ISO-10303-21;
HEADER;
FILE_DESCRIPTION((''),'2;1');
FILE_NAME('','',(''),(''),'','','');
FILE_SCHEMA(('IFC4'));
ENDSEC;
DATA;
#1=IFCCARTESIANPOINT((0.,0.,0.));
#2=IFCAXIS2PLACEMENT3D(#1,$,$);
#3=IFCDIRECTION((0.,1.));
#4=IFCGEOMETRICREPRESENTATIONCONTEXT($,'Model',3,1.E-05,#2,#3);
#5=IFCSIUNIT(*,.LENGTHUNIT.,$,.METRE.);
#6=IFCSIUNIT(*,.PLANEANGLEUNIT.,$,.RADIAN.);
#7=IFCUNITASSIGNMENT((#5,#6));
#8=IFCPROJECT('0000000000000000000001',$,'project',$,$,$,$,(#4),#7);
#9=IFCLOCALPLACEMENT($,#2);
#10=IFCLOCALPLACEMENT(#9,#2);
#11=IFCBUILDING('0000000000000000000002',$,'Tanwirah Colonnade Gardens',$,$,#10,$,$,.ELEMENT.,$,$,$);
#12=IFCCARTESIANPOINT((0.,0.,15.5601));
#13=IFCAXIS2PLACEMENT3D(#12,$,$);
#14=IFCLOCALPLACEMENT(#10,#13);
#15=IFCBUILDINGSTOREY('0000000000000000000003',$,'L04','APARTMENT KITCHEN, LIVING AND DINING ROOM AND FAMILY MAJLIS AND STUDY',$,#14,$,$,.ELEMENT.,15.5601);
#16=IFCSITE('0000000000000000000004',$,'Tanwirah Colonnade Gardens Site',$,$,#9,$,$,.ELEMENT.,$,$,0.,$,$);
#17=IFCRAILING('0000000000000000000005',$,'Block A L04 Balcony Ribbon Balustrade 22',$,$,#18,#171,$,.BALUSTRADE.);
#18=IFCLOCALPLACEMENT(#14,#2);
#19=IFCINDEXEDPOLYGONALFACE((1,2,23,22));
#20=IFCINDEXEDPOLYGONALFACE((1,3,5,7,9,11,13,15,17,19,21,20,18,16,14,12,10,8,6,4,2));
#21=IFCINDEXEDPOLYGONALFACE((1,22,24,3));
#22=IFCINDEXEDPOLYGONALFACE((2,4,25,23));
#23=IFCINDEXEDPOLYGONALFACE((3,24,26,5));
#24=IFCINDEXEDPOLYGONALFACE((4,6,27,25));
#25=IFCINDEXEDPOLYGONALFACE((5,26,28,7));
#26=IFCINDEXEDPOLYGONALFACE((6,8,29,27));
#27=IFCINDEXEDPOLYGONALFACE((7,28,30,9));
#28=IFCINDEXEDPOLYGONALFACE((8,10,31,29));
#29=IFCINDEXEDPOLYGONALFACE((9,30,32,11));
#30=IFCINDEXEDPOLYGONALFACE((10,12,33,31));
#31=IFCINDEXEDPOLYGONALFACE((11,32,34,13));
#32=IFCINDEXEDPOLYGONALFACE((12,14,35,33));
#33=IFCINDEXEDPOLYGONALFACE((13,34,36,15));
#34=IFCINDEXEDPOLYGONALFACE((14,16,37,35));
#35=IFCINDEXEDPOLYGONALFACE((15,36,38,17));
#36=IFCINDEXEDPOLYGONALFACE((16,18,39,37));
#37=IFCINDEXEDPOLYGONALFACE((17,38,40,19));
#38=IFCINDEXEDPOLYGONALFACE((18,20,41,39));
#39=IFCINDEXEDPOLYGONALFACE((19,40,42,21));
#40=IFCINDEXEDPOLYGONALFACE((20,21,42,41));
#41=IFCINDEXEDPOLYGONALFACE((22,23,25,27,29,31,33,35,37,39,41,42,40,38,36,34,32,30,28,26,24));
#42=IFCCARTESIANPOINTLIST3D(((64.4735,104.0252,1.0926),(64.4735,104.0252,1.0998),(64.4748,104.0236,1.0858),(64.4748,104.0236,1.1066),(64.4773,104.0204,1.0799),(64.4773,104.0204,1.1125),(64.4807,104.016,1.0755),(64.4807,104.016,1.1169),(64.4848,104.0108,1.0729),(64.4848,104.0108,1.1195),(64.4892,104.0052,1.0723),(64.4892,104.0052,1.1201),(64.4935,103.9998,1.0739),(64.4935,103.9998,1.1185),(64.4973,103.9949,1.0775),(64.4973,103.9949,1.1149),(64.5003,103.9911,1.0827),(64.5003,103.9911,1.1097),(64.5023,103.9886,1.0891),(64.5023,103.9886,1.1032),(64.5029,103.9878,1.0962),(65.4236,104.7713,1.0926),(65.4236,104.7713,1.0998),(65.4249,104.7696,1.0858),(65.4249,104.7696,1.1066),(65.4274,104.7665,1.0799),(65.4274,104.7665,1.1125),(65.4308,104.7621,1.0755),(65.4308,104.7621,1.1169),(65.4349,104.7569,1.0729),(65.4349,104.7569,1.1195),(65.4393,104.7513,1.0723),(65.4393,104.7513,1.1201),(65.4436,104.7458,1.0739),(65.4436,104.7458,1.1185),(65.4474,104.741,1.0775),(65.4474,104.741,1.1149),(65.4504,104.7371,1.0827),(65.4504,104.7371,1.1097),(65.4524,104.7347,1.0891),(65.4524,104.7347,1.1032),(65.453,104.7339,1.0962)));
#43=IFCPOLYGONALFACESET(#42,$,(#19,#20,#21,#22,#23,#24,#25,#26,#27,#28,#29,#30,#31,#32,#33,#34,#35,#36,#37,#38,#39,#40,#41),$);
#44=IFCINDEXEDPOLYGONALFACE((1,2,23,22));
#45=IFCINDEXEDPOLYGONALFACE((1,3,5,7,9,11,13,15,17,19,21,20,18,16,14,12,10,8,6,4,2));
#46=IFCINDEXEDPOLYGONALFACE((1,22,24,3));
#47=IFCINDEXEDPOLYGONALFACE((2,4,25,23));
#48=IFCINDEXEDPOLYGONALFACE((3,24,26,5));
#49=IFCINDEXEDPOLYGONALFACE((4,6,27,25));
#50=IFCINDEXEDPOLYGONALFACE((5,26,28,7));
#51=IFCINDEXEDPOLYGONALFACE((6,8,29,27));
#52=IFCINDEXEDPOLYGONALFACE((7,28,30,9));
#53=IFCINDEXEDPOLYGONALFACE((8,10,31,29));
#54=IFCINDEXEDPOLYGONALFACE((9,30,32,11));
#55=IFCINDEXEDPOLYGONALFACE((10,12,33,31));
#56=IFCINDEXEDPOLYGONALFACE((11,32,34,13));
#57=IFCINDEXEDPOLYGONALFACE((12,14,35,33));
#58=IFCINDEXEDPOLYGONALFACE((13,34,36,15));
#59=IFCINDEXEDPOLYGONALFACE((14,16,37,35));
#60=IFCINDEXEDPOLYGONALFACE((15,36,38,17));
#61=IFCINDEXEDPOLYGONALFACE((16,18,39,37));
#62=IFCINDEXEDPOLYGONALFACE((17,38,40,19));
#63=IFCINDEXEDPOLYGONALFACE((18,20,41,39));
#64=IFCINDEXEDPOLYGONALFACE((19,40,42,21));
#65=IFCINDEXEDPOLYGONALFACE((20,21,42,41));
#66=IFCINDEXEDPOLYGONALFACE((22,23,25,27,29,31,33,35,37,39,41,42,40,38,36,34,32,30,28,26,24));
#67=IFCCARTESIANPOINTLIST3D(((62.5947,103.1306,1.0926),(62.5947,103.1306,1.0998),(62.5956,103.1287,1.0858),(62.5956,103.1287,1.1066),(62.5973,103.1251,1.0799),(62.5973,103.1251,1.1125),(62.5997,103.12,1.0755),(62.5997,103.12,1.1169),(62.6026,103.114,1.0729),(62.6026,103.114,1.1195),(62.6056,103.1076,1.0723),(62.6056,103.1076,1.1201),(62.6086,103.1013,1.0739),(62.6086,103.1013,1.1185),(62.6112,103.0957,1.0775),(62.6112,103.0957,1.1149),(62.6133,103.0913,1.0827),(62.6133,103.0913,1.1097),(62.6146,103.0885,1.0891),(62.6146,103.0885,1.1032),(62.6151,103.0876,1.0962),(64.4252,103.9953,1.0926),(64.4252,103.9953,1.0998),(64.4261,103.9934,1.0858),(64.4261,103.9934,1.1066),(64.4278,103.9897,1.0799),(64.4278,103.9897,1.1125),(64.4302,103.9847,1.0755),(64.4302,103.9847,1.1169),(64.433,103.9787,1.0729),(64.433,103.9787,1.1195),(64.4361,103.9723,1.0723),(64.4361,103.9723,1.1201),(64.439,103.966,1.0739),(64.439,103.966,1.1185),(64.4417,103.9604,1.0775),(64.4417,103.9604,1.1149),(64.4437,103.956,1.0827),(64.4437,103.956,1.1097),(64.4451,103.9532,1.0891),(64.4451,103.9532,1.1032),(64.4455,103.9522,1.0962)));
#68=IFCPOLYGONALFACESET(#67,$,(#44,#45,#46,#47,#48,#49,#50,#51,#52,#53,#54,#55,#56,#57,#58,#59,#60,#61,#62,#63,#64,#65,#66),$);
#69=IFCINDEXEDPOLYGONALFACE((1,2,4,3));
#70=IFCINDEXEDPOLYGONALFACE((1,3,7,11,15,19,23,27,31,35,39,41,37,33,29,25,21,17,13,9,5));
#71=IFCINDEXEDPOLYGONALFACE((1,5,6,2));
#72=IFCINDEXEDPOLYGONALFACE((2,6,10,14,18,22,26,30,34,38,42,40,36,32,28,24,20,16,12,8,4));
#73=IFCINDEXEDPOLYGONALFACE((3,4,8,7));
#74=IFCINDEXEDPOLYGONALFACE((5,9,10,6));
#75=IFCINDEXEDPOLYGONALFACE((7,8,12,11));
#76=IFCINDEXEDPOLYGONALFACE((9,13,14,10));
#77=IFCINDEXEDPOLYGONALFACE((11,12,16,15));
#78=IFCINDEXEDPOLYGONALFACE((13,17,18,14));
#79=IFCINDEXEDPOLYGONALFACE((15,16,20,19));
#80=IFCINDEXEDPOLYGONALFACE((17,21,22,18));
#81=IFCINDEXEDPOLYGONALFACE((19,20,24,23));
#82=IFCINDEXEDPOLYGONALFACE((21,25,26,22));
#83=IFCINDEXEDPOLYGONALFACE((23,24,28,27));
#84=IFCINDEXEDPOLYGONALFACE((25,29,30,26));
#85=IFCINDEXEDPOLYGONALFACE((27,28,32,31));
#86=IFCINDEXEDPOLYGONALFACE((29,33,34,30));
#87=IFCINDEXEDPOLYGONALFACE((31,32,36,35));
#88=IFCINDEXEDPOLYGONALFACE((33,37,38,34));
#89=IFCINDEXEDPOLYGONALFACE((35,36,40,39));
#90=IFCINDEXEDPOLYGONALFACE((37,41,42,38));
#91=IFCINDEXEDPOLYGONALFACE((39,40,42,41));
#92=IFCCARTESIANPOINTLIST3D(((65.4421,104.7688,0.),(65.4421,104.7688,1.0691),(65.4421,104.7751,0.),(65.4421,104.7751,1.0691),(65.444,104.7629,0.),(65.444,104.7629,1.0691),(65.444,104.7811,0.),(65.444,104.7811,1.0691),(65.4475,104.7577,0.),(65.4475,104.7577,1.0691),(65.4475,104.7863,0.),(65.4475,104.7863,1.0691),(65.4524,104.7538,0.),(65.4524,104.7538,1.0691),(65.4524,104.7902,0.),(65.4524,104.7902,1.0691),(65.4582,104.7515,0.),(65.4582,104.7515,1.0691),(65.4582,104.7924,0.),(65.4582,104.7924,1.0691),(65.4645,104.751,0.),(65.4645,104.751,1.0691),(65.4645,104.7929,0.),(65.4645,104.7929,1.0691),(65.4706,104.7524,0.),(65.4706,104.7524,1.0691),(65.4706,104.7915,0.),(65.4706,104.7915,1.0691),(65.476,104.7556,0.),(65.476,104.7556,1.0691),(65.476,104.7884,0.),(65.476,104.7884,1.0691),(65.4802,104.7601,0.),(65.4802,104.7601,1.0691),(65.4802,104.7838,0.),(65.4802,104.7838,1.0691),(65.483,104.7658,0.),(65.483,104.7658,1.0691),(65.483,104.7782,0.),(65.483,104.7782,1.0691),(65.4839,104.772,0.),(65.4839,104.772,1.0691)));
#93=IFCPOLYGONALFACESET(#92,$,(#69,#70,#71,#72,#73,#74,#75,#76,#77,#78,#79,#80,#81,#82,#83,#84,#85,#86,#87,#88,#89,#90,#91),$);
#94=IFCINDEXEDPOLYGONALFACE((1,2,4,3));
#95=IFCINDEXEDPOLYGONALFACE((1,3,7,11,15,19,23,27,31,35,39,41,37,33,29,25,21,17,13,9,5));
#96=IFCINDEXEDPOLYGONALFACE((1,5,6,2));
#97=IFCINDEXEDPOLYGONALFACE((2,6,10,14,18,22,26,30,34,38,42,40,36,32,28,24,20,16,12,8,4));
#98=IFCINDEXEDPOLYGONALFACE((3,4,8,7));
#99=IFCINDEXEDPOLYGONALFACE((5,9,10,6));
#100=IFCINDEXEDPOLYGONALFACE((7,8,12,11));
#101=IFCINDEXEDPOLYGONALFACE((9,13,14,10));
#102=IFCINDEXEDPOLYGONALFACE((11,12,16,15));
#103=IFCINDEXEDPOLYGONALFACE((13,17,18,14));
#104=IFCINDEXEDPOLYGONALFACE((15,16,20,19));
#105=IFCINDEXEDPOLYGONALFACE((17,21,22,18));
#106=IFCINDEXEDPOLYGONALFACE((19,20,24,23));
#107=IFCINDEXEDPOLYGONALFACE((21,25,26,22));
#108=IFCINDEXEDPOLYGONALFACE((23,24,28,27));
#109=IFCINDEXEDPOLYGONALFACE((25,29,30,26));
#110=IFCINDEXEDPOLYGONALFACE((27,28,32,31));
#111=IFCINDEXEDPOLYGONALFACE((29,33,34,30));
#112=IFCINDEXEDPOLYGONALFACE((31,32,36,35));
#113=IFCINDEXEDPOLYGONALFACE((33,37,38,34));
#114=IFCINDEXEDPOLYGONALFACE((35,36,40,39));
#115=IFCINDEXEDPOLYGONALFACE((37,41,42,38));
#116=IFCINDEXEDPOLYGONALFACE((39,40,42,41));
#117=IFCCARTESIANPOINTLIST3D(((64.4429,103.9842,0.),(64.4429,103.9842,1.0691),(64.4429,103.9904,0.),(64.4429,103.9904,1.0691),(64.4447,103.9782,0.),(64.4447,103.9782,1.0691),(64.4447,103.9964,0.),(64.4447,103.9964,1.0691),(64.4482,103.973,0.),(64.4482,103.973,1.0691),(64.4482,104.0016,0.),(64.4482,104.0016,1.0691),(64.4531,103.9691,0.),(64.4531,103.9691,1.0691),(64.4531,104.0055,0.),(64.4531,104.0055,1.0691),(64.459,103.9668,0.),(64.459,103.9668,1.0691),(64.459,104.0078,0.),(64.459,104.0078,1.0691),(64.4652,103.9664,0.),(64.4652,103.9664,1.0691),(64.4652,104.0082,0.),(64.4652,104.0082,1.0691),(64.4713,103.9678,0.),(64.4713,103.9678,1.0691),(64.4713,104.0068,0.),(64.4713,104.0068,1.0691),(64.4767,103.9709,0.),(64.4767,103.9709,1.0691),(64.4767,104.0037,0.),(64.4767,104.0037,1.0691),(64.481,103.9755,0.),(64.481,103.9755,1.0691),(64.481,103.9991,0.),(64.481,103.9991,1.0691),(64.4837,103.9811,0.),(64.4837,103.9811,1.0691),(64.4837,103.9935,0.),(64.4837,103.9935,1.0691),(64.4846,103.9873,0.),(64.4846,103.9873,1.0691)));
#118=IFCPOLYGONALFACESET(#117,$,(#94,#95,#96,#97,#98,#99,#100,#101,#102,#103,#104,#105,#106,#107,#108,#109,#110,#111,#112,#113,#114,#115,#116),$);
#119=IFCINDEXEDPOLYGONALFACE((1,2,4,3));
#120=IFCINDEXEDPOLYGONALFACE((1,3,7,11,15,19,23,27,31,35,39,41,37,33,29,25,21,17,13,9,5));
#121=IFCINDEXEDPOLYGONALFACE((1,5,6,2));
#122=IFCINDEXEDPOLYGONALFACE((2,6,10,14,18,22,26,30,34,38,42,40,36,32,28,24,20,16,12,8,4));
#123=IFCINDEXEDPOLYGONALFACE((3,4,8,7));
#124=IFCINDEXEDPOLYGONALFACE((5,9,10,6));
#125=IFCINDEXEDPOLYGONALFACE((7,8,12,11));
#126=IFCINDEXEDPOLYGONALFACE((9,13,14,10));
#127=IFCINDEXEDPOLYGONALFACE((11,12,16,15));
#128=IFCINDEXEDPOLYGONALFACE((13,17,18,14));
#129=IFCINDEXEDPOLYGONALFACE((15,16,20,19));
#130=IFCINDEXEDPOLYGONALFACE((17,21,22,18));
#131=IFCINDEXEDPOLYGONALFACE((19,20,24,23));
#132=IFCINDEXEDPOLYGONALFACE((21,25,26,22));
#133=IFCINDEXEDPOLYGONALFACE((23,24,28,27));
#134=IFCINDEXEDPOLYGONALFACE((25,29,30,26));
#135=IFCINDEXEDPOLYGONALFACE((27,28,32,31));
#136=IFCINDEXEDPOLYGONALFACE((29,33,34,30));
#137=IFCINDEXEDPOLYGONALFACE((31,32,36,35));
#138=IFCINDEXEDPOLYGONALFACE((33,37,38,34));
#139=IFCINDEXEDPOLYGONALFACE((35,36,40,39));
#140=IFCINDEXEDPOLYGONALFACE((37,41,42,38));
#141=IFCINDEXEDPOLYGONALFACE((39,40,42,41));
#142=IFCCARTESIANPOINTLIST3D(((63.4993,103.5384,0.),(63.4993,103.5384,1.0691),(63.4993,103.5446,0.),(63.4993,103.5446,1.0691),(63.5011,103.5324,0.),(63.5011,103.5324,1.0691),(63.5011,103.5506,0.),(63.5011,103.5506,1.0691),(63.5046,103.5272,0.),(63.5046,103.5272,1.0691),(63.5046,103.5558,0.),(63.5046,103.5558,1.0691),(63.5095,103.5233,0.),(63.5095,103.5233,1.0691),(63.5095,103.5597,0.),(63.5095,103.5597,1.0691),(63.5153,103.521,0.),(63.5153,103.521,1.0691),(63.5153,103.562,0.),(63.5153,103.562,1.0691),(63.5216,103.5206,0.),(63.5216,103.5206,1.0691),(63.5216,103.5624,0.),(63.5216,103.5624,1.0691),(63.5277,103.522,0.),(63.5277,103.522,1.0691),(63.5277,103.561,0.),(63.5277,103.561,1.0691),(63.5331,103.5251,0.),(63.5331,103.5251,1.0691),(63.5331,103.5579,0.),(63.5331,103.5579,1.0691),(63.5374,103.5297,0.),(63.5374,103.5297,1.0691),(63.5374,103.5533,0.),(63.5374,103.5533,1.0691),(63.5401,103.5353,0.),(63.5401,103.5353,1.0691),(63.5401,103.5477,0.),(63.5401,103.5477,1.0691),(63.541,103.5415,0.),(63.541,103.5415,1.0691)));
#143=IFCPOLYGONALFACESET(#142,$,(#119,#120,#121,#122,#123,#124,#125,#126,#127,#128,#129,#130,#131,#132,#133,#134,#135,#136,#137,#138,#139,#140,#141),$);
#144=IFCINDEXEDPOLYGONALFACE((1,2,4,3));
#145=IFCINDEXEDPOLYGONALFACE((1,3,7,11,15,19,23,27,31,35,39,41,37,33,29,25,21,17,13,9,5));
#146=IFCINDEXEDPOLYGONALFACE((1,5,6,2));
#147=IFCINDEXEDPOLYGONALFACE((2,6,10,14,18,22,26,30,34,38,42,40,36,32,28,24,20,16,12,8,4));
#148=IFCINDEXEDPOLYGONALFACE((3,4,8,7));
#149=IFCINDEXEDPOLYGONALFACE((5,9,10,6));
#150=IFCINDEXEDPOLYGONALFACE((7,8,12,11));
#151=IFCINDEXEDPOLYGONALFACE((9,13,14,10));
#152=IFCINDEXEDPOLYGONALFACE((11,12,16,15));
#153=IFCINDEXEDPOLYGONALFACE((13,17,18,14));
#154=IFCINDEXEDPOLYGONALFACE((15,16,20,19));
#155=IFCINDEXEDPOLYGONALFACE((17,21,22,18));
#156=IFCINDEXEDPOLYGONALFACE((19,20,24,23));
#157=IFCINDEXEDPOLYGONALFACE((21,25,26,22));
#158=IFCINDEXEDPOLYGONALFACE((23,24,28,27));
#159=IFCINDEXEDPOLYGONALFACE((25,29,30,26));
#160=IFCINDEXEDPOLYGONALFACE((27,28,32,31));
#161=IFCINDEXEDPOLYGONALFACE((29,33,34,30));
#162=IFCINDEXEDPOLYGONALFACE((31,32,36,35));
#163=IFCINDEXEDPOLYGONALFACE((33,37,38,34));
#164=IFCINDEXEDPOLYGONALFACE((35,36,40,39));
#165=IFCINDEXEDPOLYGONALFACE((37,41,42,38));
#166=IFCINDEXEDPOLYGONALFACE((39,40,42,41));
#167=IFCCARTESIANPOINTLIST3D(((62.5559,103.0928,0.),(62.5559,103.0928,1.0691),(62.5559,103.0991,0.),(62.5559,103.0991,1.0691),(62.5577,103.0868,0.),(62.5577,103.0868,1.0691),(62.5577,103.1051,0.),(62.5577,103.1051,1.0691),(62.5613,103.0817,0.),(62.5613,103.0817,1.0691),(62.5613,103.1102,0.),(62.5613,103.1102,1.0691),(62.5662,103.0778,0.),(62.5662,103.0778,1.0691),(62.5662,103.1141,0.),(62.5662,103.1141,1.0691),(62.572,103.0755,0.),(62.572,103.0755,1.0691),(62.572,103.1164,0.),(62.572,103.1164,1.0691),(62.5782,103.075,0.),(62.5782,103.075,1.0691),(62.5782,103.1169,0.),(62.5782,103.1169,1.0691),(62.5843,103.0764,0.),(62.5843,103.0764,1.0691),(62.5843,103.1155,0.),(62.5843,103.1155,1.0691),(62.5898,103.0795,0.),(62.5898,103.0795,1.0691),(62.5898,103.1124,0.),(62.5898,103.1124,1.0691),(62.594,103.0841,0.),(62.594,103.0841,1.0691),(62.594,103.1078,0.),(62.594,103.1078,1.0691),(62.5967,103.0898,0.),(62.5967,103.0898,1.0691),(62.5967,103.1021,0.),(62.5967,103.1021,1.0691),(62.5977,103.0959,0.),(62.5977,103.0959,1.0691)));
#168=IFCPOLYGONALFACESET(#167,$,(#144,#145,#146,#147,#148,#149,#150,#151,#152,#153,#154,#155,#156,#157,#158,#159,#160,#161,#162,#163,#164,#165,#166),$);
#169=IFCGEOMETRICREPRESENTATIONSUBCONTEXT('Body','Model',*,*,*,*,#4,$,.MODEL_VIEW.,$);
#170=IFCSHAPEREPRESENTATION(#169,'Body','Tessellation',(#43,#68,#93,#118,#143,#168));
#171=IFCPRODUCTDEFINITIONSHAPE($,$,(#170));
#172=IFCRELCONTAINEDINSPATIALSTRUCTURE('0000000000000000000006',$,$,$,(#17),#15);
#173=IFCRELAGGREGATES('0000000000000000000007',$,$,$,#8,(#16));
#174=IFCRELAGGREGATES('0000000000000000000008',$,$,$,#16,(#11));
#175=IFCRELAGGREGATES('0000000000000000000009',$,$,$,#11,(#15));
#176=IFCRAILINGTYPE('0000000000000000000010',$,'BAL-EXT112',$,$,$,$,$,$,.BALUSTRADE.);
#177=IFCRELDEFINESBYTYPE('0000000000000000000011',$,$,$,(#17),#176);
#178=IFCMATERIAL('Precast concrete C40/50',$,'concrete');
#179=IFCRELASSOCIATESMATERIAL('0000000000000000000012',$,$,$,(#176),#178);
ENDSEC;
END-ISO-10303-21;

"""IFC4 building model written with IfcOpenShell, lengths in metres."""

from ifc_helpers import new_model, si_unit, direction, frame, origin, origin_2d, place, context, subcontext, project, spatial, circle, extrude, material, type_object, element, save


model = new_model("IFC4")

# Units and contexts
model_context = context("Model", 3, precision=1e-05, world=origin(), true_north=direction((0.0, 1.0)))
body_context = subcontext(model_context, "Body", "Model", "MODEL_VIEW")
ifc_project = project(units=[si_unit("LENGTHUNIT", "METRE"), si_unit("PLANEANGLEUNIT", "RADIAN")], contexts=[model_context])

# Site, building, storey
site_placement = place(None, origin())
site = spatial("IfcSite", under=ifc_project, at=site_placement, Name="Tanwirah Colonnade Gardens Site", CompositionType="ELEMENT", RefElevation=0.0)
building_placement = place(site_placement, origin())
building = spatial("IfcBuilding", under=site, at=building_placement, Name="Tanwirah Colonnade Gardens", CompositionType="ELEMENT")
storey_placement = place(building_placement, frame((0.0, 0.0, 15.5601)))
storey = spatial("IfcBuildingStorey", under=building, at=storey_placement, Name="L04", Description="APARTMENT KITCHEN, LIVING AND DINING ROOM AND FAMILY MAJLIS AND STUDY", CompositionType="ELEMENT", Elevation=15.5601)

# Shared definitions
ifc_material_1 = material(Name="Precast concrete C40/50", Category="concrete")

# Railing
railing_type = type_object("IfcRailingType", Name="BAL-EXT112", PredefinedType="BALUSTRADE", material=ifc_material_1)
railing_1_placement = place(storey_placement, frame((65.4629, 104.772, 0.0)))
element("IfcRailing", 1, at=railing_1_placement, inside=storey, type_object=railing_type, Name="Block A L04 Balcony Ribbon Balustrade 22", PredefinedType="BALUSTRADE", context=body_context, shape_type="SweptSolid", body=[
    extrude(circle(Radius=0.0239, at=origin_2d()), frame((-0.0247, -0.0193, 1.0962), z_axis=(-0.786498, -0.617592, 0.0), x_axis=(0.617592, -0.786498, 0.0)), (0.0, 0.0, 1.0), 1.208),
    extrude(circle(Radius=0.0239, at=origin_2d()), frame((-1.0276, -0.7981, 1.0962), z_axis=(-0.904195, -0.427121, 0.0), x_axis=(0.427121, -0.904195, 0.0)), (0.0, 0.0, 1.0), 2.0244),
    extrude(circle(Radius=0.021, at=origin_2d()), origin(), (0.0, 0.0, 1.0), 1.0691),
    extrude(circle(Radius=0.021, at=origin_2d()), frame((-0.9993, -0.7847, 0.0)), (0.0, 0.0, 1.0), 1.0691),
    extrude(circle(Radius=0.021, at=origin_2d()), frame((-1.9429, -1.2305, 0.0)), (0.0, 0.0, 1.0), 1.0691),
    extrude(circle(Radius=0.021, at=origin_2d()), frame((-2.8862, -1.676, 0.0)), (0.0, 0.0, 1.0), 1.0691),
])

save(model, "model.ifc")
